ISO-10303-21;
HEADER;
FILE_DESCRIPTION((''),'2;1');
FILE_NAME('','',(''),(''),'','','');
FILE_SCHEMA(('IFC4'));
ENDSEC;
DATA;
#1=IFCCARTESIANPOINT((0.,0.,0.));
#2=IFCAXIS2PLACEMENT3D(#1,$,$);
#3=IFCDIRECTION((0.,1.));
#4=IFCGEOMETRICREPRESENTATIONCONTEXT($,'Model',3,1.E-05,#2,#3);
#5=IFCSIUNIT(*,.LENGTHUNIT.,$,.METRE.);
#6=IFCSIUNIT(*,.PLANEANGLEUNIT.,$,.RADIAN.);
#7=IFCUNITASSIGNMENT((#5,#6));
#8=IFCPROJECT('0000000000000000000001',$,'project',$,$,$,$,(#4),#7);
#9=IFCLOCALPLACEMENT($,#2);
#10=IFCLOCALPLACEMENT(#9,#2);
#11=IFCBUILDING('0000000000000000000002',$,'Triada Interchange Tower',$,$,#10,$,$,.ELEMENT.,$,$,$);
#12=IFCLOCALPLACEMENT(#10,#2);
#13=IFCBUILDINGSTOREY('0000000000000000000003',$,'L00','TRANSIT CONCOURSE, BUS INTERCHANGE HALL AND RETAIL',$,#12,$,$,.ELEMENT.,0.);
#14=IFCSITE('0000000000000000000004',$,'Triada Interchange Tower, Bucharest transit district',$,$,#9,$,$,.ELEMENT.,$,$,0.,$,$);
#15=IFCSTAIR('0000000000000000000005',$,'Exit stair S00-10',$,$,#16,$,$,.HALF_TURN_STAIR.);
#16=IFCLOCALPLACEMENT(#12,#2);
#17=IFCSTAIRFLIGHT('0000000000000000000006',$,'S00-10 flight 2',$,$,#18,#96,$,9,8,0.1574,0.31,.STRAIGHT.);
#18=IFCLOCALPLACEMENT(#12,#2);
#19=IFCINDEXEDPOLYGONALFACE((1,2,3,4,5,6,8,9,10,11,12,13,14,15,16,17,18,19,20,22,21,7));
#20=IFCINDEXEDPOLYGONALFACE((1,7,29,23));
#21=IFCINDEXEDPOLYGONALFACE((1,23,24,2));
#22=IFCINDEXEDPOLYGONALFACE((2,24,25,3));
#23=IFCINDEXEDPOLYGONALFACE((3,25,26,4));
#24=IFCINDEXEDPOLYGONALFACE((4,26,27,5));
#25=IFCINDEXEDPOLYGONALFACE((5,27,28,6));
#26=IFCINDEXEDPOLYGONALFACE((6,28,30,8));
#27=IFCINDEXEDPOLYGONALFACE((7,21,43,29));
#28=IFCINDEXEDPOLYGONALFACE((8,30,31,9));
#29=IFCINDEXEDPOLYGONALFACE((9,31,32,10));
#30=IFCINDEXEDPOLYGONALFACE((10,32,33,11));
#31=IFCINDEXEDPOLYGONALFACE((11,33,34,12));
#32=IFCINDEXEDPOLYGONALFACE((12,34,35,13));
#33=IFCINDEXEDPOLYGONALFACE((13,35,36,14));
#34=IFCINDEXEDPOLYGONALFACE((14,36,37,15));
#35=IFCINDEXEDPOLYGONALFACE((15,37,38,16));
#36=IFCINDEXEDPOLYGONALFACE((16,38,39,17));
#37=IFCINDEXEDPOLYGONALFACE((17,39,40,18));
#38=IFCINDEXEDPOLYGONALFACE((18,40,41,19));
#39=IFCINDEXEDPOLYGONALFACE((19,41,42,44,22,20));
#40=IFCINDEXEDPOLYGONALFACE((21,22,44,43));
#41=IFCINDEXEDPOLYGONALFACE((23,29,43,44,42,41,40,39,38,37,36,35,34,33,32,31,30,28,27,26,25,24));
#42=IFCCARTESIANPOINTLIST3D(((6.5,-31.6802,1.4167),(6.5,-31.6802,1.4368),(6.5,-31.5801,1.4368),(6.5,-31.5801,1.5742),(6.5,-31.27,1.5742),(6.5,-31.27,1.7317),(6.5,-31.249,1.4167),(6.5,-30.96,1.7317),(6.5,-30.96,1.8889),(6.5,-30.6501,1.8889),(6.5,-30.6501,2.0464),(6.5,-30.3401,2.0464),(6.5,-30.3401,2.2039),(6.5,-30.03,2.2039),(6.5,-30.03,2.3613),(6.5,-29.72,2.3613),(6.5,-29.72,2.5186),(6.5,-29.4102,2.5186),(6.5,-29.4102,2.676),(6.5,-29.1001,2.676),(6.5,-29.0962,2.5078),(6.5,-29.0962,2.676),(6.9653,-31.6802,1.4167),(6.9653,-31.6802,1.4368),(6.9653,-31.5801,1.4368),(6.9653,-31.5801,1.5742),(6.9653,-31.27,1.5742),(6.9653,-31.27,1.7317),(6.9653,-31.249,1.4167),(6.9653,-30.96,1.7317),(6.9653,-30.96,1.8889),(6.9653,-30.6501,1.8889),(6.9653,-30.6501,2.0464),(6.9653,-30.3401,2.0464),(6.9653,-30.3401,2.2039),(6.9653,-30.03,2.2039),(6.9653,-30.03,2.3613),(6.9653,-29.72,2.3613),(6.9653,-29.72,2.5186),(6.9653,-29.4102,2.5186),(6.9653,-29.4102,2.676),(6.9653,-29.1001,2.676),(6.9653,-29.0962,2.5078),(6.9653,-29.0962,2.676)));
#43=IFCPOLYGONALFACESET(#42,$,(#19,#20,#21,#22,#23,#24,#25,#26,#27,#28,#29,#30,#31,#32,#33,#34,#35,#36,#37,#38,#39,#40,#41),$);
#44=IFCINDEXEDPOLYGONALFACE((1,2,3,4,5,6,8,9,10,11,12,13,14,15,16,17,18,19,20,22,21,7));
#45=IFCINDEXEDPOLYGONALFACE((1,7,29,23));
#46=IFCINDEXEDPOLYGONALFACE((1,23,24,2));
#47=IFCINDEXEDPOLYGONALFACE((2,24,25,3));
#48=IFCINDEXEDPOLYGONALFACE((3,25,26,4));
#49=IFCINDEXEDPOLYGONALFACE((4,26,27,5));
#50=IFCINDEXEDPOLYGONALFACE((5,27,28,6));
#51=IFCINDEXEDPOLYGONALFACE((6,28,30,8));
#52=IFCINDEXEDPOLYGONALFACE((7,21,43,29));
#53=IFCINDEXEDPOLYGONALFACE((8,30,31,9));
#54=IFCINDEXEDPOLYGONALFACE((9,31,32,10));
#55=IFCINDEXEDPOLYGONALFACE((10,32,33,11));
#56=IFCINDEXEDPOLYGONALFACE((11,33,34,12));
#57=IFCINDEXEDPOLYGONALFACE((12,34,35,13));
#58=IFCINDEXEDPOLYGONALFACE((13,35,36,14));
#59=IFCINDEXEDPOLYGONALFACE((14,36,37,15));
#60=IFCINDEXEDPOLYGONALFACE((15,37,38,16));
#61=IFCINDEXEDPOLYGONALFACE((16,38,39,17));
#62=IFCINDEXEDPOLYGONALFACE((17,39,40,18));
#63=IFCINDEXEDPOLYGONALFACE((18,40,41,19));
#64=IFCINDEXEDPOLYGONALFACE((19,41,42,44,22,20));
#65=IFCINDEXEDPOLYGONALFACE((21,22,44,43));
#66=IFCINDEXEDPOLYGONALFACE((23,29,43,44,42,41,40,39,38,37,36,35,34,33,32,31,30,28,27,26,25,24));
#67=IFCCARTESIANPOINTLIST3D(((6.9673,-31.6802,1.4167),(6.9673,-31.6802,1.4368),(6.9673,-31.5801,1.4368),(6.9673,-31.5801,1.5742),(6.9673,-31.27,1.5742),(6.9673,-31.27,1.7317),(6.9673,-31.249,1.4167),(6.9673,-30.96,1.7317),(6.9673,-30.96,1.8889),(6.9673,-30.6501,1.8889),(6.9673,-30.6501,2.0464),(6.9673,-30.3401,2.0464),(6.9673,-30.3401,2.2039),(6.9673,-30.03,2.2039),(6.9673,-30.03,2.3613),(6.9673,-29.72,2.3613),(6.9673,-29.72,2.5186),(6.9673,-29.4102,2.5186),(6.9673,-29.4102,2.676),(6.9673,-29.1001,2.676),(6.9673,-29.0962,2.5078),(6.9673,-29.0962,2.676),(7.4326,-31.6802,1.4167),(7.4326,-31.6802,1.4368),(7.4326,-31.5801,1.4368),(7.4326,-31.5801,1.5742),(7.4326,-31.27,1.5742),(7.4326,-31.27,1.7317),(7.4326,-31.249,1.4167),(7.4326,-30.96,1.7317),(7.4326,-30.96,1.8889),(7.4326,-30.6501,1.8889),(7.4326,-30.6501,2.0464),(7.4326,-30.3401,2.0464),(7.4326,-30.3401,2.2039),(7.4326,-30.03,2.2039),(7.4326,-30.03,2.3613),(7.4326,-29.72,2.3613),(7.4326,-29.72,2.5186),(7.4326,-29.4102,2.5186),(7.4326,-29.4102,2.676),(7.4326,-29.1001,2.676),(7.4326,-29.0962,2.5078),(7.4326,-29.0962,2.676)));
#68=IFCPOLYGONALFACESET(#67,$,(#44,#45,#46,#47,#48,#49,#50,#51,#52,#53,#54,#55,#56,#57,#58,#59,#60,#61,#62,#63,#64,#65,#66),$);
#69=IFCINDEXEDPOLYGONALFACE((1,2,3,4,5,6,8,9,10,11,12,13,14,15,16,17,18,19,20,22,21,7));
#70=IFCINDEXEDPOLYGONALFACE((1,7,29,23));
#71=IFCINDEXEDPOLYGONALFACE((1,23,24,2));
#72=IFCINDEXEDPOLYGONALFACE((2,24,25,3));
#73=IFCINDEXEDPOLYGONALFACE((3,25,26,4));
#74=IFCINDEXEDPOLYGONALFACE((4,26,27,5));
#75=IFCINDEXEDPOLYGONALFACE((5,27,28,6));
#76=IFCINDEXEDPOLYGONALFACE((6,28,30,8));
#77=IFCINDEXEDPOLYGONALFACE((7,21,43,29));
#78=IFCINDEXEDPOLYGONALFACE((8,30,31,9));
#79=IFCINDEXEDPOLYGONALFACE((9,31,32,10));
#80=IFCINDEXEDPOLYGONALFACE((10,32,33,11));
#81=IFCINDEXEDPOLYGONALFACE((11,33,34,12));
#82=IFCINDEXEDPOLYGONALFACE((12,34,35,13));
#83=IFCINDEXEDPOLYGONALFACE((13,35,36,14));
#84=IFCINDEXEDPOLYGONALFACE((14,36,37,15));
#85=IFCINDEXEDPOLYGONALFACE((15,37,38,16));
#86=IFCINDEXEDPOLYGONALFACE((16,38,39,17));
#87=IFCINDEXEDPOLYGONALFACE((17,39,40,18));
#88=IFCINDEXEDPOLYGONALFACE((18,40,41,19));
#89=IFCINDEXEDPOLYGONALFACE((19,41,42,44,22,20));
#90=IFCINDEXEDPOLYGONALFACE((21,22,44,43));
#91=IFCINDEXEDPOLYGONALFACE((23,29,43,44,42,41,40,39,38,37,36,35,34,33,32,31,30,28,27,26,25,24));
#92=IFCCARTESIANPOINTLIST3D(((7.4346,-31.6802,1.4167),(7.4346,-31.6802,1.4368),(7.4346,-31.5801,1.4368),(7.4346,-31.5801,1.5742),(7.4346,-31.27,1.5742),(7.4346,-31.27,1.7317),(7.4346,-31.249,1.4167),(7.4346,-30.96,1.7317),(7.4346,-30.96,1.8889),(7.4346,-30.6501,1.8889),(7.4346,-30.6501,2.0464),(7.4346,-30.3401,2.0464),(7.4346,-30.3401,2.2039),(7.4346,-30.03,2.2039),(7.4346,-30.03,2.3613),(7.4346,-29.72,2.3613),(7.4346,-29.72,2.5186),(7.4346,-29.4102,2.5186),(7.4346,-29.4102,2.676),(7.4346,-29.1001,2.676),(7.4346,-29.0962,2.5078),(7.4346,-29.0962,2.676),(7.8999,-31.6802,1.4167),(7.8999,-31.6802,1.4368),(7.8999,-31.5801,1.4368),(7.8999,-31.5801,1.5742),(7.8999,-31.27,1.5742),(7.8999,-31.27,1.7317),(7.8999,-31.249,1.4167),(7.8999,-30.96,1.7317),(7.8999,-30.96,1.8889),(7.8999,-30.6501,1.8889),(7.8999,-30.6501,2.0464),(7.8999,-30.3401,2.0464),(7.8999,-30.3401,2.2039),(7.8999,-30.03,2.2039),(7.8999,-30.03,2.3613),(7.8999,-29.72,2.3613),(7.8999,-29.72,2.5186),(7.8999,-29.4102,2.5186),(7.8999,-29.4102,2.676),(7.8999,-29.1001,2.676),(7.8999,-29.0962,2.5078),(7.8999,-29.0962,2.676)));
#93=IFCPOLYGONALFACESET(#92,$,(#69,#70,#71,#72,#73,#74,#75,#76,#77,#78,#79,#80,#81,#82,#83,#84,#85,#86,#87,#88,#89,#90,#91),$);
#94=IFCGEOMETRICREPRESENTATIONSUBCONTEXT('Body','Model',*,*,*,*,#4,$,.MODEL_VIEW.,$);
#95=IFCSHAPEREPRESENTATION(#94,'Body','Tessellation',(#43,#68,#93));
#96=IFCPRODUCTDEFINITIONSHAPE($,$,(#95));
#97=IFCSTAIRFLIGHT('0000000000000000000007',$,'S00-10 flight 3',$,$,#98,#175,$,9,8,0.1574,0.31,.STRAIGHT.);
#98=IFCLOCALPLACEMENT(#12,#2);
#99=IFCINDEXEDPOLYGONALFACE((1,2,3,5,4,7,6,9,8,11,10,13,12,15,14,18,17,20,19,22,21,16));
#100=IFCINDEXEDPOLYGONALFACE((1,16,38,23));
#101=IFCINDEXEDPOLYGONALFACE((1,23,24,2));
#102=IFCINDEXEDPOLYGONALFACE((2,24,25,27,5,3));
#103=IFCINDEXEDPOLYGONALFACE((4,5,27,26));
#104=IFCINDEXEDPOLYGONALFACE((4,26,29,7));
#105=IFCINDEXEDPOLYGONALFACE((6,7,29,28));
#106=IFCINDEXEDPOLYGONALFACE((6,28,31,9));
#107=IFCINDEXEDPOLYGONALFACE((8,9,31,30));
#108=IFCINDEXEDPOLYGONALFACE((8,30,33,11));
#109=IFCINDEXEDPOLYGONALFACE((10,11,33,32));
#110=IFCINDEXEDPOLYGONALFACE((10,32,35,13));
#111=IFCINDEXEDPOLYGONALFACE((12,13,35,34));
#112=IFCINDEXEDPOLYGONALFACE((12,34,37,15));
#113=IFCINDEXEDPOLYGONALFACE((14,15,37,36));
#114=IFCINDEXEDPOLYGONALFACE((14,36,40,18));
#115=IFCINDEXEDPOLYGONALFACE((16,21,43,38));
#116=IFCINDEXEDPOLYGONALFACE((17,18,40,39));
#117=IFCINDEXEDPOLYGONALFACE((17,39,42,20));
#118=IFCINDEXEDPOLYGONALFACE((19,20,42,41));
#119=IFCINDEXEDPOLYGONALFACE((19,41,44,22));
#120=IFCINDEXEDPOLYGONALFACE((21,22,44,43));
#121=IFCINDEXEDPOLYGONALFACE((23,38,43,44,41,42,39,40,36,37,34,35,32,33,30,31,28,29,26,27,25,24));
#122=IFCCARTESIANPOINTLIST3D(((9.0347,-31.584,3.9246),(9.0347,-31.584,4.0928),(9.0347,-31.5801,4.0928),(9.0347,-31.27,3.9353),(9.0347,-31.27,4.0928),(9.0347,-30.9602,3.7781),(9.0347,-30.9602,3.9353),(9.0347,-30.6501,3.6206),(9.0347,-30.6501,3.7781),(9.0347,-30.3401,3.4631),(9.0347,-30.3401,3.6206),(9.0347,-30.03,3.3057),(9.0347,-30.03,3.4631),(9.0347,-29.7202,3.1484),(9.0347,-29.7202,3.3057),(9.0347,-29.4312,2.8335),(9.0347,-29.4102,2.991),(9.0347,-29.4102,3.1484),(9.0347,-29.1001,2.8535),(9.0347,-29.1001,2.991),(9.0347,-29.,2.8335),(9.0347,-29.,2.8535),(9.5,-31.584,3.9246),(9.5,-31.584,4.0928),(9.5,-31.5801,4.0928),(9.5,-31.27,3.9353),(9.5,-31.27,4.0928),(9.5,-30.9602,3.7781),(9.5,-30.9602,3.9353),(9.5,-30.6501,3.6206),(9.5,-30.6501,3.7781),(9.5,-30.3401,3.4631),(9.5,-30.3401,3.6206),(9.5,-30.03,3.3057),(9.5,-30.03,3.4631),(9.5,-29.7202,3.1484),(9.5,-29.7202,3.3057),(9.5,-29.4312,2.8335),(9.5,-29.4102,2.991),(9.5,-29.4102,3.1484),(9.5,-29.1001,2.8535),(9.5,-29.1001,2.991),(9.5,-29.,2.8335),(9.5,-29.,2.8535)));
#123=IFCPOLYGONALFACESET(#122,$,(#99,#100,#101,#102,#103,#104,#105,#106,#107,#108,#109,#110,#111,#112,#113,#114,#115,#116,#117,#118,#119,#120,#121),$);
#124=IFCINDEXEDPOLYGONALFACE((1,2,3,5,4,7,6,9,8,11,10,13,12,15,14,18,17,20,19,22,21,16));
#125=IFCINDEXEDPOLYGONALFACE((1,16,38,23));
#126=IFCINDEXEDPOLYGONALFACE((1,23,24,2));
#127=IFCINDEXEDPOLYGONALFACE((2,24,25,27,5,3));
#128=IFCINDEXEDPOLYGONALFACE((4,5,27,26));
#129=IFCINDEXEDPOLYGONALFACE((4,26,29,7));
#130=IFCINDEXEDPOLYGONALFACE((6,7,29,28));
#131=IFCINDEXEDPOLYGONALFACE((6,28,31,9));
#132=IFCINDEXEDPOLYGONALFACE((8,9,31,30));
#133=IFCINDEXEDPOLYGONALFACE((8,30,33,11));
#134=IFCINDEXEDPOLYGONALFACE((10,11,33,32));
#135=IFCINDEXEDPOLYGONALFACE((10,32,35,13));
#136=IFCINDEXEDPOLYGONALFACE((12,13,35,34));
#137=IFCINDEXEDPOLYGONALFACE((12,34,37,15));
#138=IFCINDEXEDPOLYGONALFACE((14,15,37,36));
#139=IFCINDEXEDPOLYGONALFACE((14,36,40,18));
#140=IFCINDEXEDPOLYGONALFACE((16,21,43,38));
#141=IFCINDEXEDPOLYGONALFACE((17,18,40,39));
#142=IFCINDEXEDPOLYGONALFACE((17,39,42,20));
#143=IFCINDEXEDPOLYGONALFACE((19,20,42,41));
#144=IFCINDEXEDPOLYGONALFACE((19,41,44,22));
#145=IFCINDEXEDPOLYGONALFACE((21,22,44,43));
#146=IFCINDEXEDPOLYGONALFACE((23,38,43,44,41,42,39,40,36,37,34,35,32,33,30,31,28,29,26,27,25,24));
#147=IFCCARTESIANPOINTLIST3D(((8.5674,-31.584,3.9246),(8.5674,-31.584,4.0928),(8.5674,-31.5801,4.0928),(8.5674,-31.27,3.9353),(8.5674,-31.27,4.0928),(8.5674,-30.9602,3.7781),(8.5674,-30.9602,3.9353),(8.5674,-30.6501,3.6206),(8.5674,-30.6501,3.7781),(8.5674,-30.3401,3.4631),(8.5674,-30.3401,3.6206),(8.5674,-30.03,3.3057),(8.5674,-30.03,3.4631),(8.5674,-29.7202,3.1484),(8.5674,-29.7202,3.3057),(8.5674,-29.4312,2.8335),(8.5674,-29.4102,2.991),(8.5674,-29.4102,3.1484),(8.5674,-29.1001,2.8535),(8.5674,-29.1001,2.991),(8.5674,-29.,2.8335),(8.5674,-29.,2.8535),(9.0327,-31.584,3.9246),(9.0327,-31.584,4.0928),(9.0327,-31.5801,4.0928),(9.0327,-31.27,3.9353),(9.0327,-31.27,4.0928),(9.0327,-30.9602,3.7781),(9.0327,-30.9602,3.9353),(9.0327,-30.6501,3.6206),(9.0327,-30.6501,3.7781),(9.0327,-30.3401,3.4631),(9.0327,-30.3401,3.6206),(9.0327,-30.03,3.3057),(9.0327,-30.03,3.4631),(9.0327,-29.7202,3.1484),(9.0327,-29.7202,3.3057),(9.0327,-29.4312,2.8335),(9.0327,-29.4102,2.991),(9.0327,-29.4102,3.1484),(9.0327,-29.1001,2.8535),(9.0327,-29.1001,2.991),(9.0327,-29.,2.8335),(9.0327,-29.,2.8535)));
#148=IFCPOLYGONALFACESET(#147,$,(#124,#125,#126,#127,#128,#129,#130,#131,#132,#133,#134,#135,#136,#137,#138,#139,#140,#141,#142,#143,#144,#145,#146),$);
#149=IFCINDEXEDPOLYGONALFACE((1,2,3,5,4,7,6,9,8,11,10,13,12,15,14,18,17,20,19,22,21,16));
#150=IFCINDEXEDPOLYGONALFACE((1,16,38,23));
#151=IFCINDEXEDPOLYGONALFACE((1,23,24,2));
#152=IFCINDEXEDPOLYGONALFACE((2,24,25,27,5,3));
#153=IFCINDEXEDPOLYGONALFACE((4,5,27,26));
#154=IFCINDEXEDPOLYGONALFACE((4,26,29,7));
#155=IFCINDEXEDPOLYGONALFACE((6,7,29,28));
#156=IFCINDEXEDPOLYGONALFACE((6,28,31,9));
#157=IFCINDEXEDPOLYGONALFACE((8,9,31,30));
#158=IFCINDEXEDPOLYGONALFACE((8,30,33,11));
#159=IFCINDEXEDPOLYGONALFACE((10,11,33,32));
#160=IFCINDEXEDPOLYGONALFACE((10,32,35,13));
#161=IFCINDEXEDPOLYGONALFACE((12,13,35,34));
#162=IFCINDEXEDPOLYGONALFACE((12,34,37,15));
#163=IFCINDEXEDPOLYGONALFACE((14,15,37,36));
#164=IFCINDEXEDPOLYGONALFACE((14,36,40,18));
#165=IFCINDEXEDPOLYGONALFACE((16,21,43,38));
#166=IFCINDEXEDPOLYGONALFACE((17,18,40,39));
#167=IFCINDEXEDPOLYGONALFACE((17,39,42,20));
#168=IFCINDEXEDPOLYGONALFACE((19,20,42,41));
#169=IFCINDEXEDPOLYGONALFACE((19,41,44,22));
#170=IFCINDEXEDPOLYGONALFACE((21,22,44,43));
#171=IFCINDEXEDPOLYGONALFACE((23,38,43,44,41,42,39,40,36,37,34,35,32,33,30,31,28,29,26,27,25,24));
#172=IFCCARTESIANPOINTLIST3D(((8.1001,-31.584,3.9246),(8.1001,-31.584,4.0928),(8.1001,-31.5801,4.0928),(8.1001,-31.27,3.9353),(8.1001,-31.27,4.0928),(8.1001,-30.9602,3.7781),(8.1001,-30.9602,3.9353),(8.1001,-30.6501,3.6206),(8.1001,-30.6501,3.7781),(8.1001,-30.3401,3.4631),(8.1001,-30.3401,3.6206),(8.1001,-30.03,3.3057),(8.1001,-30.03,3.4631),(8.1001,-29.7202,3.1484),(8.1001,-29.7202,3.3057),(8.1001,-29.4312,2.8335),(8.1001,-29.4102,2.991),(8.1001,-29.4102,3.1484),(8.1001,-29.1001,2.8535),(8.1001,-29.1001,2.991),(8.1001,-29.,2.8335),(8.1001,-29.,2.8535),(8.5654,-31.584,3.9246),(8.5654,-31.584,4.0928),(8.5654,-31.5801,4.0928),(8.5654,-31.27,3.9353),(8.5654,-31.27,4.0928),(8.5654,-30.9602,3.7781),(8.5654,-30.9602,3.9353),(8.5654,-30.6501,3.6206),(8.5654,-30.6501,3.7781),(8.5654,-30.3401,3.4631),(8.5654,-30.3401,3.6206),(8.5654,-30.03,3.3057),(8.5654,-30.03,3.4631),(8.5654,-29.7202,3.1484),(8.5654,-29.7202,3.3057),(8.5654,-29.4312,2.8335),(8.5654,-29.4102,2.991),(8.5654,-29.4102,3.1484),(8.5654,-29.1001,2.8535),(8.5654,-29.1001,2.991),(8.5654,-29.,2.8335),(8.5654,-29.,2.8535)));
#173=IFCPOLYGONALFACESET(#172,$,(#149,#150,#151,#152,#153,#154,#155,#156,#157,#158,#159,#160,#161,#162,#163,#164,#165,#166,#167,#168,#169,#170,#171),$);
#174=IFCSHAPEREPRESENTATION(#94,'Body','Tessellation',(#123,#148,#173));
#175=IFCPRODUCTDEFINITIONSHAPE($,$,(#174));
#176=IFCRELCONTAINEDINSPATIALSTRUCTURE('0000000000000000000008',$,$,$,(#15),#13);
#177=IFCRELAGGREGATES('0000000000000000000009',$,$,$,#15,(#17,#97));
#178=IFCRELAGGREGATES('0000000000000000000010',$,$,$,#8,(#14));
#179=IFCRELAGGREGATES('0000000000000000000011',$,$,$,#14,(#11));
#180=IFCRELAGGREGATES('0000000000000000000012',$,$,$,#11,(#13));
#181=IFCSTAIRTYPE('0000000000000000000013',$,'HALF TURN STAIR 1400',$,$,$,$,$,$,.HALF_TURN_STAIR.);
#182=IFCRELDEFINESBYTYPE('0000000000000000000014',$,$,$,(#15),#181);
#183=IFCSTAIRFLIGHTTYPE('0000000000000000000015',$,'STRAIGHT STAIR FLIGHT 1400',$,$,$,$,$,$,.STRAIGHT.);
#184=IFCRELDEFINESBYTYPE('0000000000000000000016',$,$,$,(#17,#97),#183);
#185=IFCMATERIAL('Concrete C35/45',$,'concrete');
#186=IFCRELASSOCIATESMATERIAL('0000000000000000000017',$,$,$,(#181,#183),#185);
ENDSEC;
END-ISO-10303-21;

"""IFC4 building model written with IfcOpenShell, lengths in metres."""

from ifc_helpers import new_model, si_unit, direction, frame, origin, place, context, subcontext, project, spatial, polyline, outline, extrude, material, type_object, element, aggregate, save


model = new_model("IFC4")

# Units and contexts
model_context = context("Model", 3, precision=1e-05, world=origin(), true_north=direction((0.0, 1.0)))
body_context = subcontext(model_context, "Body", "Model", "MODEL_VIEW")
ifc_project = project(units=[si_unit("LENGTHUNIT", "METRE"), si_unit("PLANEANGLEUNIT", "RADIAN")], contexts=[model_context])

# Site, building, storey
site_placement = place(None, origin())
site = spatial("IfcSite", under=ifc_project, at=site_placement, Name="Triada Interchange Tower, Bucharest transit district", CompositionType="ELEMENT", RefElevation=0.0)
building_placement = place(site_placement, origin())
building = spatial("IfcBuilding", under=site, at=building_placement, Name="Triada Interchange Tower", CompositionType="ELEMENT")
storey_placement = place(building_placement, origin())
storey = spatial("IfcBuildingStorey", under=building, at=storey_placement, Name="L00", Description="TRANSIT CONCOURSE, BUS INTERCHANGE HALL AND RETAIL", CompositionType="ELEMENT", Elevation=0.0)

# Stair, stair flights
ifc_material_1 = material(Name="Concrete C35/45", Category="concrete")
stair_type = type_object("IfcStairType", Name="HALF TURN STAIR 1400", PredefinedType="HALF_TURN_STAIR", material=ifc_material_1)
stair_placement = place(storey_placement, origin())
stair = element("IfcStair", 1, at=stair_placement, inside=storey, type_object=stair_type, Name="Exit stair S00-10", PredefinedType="HALF_TURN_STAIR")
stair_flight_type = type_object("IfcStairFlightType", Name="STRAIGHT STAIR FLIGHT 1400", PredefinedType="STRAIGHT", material=ifc_material_1)
stair_flight_1_placement = place(storey_placement, frame((7.2, -31.5801, 1.4167), z_axis=(0.0, 0.0, 1.0), x_axis=(0.0, 1.0, 0.0)))
stair_flight_1 = element("IfcStairFlight", 2, at=stair_flight_1_placement, type_object=stair_flight_type, Name="S00-10 flight 2", NumberOfRisers=9, NumberOfTreads=8, PredefinedType="STRAIGHT", RiserHeight=0.1574, TreadLength=0.31, context=body_context, shape_type="SweptSolid", body=[
    extrude(outline(polyline([(-0.1001, 0.0), (-0.1001, 0.02), (0.0, 0.02), (0.0, 0.1575), (0.3101, 0.1575), (0.3101, 0.3149), (0.6201, 0.3149), (0.6201, 0.4722), (0.9299, 0.4722), (0.9299, 0.6296), (1.24, 0.6296), (1.24, 0.7871), (1.55, 0.7871), (1.55, 0.9446), (1.8601, 0.9446), (1.8601, 1.1018), (2.1699, 1.1018), (2.1699, 1.2593), (2.48, 1.2593), (2.4839, 1.2593), (2.4839, 1.4167), (2.4839, 1.0911), (0.3311, 0.0), (-0.1001, 0.0)])), frame((0.0, 0.7, 0.0), z_axis=(0.0, -1.0, 0.0), x_axis=(1.0, 0.0, 0.0)), (0.0, 0.0, 1.0), 0.4653),
    extrude(outline(polyline([(-0.1001, 0.0), (-0.1001, 0.02), (0.0, 0.02), (0.0, 0.1575), (0.3101, 0.1575), (0.3101, 0.3149), (0.6201, 0.3149), (0.6201, 0.4722), (0.9299, 0.4722), (0.9299, 0.6296), (1.24, 0.6296), (1.24, 0.7871), (1.55, 0.7871), (1.55, 0.9446), (1.8601, 0.9446), (1.8601, 1.1018), (2.1699, 1.1018), (2.1699, 1.2593), (2.48, 1.2593), (2.4839, 1.2593), (2.4839, 1.4167), (2.4839, 1.0911), (0.3311, 0.0), (-0.1001, 0.0)])), frame((0.0, 0.2327, 0.0), z_axis=(0.0, -1.0, 0.0), x_axis=(1.0, 0.0, 0.0)), (0.0, 0.0, 1.0), 0.4653),
    extrude(outline(polyline([(-0.1001, 0.0), (-0.1001, 0.02), (0.0, 0.02), (0.0, 0.1575), (0.3101, 0.1575), (0.3101, 0.3149), (0.6201, 0.3149), (0.6201, 0.4722), (0.9299, 0.4722), (0.9299, 0.6296), (1.24, 0.6296), (1.24, 0.7871), (1.55, 0.7871), (1.55, 0.9446), (1.8601, 0.9446), (1.8601, 1.1018), (2.1699, 1.1018), (2.1699, 1.2593), (2.48, 1.2593), (2.4839, 1.2593), (2.4839, 1.4167), (2.4839, 1.0911), (0.3311, 0.0), (-0.1001, 0.0)])), frame((0.0, -0.2346, 0.0), z_axis=(0.0, -1.0, 0.0), x_axis=(1.0, 0.0, 0.0)), (0.0, 0.0, 1.0), 0.4653),
])
stair_flight_2_placement = place(storey_placement, frame((8.8, -29.1001, 2.8335), z_axis=(0.0, 0.0, 1.0), x_axis=(0.0, -1.0, 0.0)))
stair_flight_2 = element("IfcStairFlight", 3, at=stair_flight_2_placement, type_object=stair_flight_type, Name="S00-10 flight 3", NumberOfRisers=9, NumberOfTreads=8, PredefinedType="STRAIGHT", RiserHeight=0.1574, TreadLength=0.31, context=body_context, shape_type="SweptSolid", body=[
    extrude(outline(polyline([(-0.1001, 0.0), (-0.1001, 0.02), (0.0, 0.02), (0.0, 0.1575), (0.3101, 0.1575), (0.3101, 0.3149), (0.6201, 0.3149), (0.6201, 0.4722), (0.9299, 0.4722), (0.9299, 0.6296), (1.24, 0.6296), (1.24, 0.7871), (1.55, 0.7871), (1.55, 0.9446), (1.8601, 0.9446), (1.8601, 1.1018), (2.1699, 1.1018), (2.1699, 1.2593), (2.48, 1.2593), (2.4839, 1.2593), (2.4839, 1.4167), (2.4839, 1.0911), (0.3311, 0.0), (-0.1001, 0.0)])), frame((0.0, 0.7, 0.0), z_axis=(0.0, -1.0, 0.0), x_axis=(1.0, 0.0, 0.0)), (0.0, 0.0, 1.0), 0.4653),
    extrude(outline(polyline([(-0.1001, 0.0), (-0.1001, 0.02), (0.0, 0.02), (0.0, 0.1575), (0.3101, 0.1575), (0.3101, 0.3149), (0.6201, 0.3149), (0.6201, 0.4722), (0.9299, 0.4722), (0.9299, 0.6296), (1.24, 0.6296), (1.24, 0.7871), (1.55, 0.7871), (1.55, 0.9446), (1.8601, 0.9446), (1.8601, 1.1018), (2.1699, 1.1018), (2.1699, 1.2593), (2.48, 1.2593), (2.4839, 1.2593), (2.4839, 1.4167), (2.4839, 1.0911), (0.3311, 0.0), (-0.1001, 0.0)])), frame((0.0, 0.2327, 0.0), z_axis=(0.0, -1.0, 0.0), x_axis=(1.0, 0.0, 0.0)), (0.0, 0.0, 1.0), 0.4653),
    extrude(outline(polyline([(-0.1001, 0.0), (-0.1001, 0.02), (0.0, 0.02), (0.0, 0.1575), (0.3101, 0.1575), (0.3101, 0.3149), (0.6201, 0.3149), (0.6201, 0.4722), (0.9299, 0.4722), (0.9299, 0.6296), (1.24, 0.6296), (1.24, 0.7871), (1.55, 0.7871), (1.55, 0.9446), (1.8601, 0.9446), (1.8601, 1.1018), (2.1699, 1.1018), (2.1699, 1.2593), (2.48, 1.2593), (2.4839, 1.2593), (2.4839, 1.4167), (2.4839, 1.0911), (0.3311, 0.0), (-0.1001, 0.0)])), frame((0.0, -0.2346, 0.0), z_axis=(0.0, -1.0, 0.0), x_axis=(1.0, 0.0, 0.0)), (0.0, 0.0, 1.0), 0.4653),
])
aggregate(stair, [stair_flight_1, stair_flight_2])

save(model, "model.ifc")
